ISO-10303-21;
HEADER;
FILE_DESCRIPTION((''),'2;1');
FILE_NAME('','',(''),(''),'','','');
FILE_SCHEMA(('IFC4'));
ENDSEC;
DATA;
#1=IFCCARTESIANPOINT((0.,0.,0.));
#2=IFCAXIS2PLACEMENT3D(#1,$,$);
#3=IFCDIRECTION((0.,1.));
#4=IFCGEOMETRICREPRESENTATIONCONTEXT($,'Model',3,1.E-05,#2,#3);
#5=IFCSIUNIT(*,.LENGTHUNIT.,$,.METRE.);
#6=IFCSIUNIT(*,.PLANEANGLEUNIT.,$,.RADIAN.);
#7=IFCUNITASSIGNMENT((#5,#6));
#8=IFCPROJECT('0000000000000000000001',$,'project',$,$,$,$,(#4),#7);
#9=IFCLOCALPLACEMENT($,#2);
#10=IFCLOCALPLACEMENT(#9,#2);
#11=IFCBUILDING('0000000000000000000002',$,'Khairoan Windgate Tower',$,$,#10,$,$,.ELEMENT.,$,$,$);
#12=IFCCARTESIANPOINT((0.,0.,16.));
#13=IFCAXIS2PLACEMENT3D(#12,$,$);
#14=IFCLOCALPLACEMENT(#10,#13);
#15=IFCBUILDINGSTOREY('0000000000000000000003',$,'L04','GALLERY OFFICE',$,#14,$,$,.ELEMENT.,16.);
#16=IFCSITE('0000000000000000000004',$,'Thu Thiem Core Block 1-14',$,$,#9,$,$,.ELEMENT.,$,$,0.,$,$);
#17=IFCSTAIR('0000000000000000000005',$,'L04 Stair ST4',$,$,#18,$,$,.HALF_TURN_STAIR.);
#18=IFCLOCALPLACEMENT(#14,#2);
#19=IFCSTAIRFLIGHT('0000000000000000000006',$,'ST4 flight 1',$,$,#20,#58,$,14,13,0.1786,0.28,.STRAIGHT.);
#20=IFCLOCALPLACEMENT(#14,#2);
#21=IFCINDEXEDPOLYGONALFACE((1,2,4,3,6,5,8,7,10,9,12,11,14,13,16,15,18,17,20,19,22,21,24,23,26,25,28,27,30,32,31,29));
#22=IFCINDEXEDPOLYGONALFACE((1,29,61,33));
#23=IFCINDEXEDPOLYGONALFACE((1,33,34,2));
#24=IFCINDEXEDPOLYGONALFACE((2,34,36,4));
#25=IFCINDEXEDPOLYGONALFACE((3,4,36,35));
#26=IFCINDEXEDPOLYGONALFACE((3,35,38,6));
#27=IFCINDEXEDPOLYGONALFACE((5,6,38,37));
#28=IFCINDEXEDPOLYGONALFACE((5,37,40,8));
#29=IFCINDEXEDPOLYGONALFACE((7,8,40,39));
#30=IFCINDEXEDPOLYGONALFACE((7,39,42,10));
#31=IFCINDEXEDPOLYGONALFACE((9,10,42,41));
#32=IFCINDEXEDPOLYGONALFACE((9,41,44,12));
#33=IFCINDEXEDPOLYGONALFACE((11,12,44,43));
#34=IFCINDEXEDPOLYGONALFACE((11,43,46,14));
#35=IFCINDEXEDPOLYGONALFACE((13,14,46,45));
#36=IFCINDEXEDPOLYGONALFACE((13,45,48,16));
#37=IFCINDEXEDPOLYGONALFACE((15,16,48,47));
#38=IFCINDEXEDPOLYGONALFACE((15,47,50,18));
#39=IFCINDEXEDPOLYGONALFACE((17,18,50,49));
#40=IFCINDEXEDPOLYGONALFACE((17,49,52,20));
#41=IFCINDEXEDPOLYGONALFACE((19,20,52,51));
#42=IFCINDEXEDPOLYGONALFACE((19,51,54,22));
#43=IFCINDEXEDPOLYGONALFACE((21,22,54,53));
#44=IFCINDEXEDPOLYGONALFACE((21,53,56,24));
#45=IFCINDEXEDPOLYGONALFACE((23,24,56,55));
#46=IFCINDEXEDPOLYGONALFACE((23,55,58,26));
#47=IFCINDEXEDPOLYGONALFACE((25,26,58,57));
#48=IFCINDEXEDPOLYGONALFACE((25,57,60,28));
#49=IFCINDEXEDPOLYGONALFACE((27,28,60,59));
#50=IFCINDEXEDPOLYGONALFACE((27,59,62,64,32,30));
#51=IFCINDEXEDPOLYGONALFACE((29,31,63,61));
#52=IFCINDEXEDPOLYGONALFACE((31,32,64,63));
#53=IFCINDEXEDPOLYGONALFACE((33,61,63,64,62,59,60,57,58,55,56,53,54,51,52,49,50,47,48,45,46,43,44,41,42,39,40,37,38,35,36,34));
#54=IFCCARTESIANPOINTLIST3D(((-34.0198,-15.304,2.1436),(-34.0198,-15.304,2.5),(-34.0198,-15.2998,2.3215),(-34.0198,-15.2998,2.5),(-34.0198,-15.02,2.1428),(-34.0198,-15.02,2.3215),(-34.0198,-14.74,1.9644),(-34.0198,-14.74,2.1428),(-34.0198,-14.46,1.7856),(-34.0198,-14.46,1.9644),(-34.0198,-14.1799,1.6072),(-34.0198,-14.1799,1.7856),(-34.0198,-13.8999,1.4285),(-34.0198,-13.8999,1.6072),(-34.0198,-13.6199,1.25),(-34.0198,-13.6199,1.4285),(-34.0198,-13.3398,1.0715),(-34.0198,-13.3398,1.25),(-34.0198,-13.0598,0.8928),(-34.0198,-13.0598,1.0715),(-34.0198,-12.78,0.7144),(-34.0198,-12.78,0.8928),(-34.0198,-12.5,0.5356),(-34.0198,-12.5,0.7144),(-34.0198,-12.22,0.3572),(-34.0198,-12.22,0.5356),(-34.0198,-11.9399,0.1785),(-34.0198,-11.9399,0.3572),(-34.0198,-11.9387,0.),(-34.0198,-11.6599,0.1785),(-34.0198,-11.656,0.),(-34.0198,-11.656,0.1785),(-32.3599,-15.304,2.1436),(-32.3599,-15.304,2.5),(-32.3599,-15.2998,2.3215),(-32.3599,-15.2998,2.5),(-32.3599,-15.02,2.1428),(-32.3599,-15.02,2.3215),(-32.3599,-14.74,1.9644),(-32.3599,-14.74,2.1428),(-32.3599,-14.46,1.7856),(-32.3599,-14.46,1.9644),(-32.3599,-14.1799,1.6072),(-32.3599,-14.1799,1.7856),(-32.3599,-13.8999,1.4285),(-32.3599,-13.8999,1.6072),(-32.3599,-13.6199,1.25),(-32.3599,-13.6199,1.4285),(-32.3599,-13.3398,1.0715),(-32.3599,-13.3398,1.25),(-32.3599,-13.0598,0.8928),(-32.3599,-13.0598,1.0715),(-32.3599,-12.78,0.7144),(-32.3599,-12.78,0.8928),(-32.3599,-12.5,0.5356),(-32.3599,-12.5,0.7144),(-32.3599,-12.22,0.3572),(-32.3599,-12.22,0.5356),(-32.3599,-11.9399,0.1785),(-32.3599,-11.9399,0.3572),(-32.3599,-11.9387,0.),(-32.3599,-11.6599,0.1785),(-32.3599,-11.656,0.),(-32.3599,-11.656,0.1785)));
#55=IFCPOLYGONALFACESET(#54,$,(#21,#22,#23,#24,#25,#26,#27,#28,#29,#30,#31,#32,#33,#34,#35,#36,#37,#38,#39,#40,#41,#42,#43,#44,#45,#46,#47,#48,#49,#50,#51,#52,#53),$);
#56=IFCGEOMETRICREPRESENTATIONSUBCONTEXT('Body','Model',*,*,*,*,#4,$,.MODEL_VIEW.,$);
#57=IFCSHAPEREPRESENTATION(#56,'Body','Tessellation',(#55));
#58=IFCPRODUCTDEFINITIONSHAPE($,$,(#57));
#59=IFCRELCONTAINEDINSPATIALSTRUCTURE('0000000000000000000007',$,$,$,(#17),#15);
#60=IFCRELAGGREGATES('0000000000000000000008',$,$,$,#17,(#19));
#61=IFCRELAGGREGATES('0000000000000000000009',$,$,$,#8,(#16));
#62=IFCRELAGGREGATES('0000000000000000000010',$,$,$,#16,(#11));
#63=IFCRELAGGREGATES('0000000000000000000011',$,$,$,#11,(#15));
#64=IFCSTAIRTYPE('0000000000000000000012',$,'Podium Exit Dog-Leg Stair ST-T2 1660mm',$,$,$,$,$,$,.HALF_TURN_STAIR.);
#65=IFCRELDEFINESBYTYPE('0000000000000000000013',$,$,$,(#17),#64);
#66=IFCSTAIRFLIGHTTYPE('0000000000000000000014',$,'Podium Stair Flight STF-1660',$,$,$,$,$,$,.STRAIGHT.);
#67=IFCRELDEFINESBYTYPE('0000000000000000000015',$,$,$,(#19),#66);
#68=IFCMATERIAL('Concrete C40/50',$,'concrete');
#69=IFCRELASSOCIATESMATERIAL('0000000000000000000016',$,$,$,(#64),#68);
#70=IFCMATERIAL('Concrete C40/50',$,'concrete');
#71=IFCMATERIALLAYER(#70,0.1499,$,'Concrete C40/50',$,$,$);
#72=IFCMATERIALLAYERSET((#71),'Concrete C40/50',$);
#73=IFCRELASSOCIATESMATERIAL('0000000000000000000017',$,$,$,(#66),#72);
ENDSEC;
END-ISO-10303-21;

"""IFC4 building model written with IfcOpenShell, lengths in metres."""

from ifc_helpers import new_model, si_unit, direction, frame, origin, place, context, subcontext, project, spatial, polyline, outline, extrude, material, layer, layer_set, type_object, element, aggregate, save


model = new_model("IFC4")

# Units and contexts
model_context = context("Model", 3, precision=1e-05, world=origin(), true_north=direction((0.0, 1.0)))
body_context = subcontext(model_context, "Body", "Model", "MODEL_VIEW")
ifc_project = project(units=[si_unit("LENGTHUNIT", "METRE"), si_unit("PLANEANGLEUNIT", "RADIAN")], contexts=[model_context])

# Site, building, storey
site_placement = place(None, origin())
site = spatial("IfcSite", under=ifc_project, at=site_placement, Name="Thu Thiem Core Block 1-14", CompositionType="ELEMENT", RefElevation=0.0)
building_placement = place(site_placement, origin())
building = spatial("IfcBuilding", under=site, at=building_placement, Name="Khairoan Windgate Tower", CompositionType="ELEMENT")
storey_placement = place(building_placement, frame((0.0, 0.0, 16.0)))
storey = spatial("IfcBuildingStorey", under=building, at=storey_placement, Name="L04", Description="GALLERY OFFICE", CompositionType="ELEMENT", Elevation=16.0)

# Stair, stair flight
ifc_material_1 = material(Name="Concrete C40/50", Category="concrete")
stair_type = type_object("IfcStairType", Name="Podium Exit Dog-Leg Stair ST-T2 1660mm", PredefinedType="HALF_TURN_STAIR", material=ifc_material_1)
stair_placement = place(storey_placement, origin())
stair = element("IfcStair", 1, at=stair_placement, inside=storey, type_object=stair_type, Name="L04 Stair ST4", PredefinedType="HALF_TURN_STAIR")
ifc_material_2 = material(Name="Concrete C40/50", Category="concrete")
ifc_layer_1 = layer(ifc_material_2, 0.1499, Name="Concrete C40/50")
ifc_layer_set_1 = layer_set([ifc_layer_1], Name="Concrete C40/50")
stair_flight_type = type_object("IfcStairFlightType", Name="Podium Stair Flight STF-1660", PredefinedType="STRAIGHT", material=ifc_layer_set_1)
stair_flight_placement = place(storey_placement, frame((-33.1899, -11.6599, 0.0), z_axis=(0.0, 0.0, 1.0), x_axis=(0.0, -1.0, 0.0)))
stair_flight = element("IfcStairFlight", 2, at=stair_flight_placement, type_object=stair_flight_type, Name="ST4 flight 1", NumberOfRisers=14, NumberOfTreads=13, PredefinedType="STRAIGHT", RiserHeight=0.1786, TreadLength=0.28, context=body_context, shape_type="SweptSolid", body=[
    extrude(outline(polyline([(-0.0039, 0.0), (-0.0039, 0.1785), (0.0, 0.1785), (0.28, 0.1785), (0.28, 0.3572), (0.5601, 0.3572), (0.5601, 0.5356), (0.8401, 0.5356), (0.8401, 0.7144), (1.1201, 0.7144), (1.1201, 0.8928), (1.3999, 0.8928), (1.3999, 1.0715), (1.6799, 1.0715), (1.6799, 1.25), (1.96, 1.25), (1.96, 1.4285), (2.24, 1.4285), (2.24, 1.6072), (2.52, 1.6072), (2.52, 1.7856), (2.8, 1.7856), (2.8, 1.9644), (3.0801, 1.9644), (3.0801, 2.1428), (3.3601, 2.1428), (3.3601, 2.3215), (3.6399, 2.3215), (3.6399, 2.5), (3.644, 2.5), (3.644, 2.1436), (0.2788, 0.0), (-0.0039, 0.0)])), frame((0.0, 0.8301, 0.0), z_axis=(0.0, -1.0, 0.0), x_axis=(1.0, 0.0, 0.0)), (0.0, 0.0, 1.0), 1.6599),
])
aggregate(stair, [stair_flight])

save(model, "model.ifc")
